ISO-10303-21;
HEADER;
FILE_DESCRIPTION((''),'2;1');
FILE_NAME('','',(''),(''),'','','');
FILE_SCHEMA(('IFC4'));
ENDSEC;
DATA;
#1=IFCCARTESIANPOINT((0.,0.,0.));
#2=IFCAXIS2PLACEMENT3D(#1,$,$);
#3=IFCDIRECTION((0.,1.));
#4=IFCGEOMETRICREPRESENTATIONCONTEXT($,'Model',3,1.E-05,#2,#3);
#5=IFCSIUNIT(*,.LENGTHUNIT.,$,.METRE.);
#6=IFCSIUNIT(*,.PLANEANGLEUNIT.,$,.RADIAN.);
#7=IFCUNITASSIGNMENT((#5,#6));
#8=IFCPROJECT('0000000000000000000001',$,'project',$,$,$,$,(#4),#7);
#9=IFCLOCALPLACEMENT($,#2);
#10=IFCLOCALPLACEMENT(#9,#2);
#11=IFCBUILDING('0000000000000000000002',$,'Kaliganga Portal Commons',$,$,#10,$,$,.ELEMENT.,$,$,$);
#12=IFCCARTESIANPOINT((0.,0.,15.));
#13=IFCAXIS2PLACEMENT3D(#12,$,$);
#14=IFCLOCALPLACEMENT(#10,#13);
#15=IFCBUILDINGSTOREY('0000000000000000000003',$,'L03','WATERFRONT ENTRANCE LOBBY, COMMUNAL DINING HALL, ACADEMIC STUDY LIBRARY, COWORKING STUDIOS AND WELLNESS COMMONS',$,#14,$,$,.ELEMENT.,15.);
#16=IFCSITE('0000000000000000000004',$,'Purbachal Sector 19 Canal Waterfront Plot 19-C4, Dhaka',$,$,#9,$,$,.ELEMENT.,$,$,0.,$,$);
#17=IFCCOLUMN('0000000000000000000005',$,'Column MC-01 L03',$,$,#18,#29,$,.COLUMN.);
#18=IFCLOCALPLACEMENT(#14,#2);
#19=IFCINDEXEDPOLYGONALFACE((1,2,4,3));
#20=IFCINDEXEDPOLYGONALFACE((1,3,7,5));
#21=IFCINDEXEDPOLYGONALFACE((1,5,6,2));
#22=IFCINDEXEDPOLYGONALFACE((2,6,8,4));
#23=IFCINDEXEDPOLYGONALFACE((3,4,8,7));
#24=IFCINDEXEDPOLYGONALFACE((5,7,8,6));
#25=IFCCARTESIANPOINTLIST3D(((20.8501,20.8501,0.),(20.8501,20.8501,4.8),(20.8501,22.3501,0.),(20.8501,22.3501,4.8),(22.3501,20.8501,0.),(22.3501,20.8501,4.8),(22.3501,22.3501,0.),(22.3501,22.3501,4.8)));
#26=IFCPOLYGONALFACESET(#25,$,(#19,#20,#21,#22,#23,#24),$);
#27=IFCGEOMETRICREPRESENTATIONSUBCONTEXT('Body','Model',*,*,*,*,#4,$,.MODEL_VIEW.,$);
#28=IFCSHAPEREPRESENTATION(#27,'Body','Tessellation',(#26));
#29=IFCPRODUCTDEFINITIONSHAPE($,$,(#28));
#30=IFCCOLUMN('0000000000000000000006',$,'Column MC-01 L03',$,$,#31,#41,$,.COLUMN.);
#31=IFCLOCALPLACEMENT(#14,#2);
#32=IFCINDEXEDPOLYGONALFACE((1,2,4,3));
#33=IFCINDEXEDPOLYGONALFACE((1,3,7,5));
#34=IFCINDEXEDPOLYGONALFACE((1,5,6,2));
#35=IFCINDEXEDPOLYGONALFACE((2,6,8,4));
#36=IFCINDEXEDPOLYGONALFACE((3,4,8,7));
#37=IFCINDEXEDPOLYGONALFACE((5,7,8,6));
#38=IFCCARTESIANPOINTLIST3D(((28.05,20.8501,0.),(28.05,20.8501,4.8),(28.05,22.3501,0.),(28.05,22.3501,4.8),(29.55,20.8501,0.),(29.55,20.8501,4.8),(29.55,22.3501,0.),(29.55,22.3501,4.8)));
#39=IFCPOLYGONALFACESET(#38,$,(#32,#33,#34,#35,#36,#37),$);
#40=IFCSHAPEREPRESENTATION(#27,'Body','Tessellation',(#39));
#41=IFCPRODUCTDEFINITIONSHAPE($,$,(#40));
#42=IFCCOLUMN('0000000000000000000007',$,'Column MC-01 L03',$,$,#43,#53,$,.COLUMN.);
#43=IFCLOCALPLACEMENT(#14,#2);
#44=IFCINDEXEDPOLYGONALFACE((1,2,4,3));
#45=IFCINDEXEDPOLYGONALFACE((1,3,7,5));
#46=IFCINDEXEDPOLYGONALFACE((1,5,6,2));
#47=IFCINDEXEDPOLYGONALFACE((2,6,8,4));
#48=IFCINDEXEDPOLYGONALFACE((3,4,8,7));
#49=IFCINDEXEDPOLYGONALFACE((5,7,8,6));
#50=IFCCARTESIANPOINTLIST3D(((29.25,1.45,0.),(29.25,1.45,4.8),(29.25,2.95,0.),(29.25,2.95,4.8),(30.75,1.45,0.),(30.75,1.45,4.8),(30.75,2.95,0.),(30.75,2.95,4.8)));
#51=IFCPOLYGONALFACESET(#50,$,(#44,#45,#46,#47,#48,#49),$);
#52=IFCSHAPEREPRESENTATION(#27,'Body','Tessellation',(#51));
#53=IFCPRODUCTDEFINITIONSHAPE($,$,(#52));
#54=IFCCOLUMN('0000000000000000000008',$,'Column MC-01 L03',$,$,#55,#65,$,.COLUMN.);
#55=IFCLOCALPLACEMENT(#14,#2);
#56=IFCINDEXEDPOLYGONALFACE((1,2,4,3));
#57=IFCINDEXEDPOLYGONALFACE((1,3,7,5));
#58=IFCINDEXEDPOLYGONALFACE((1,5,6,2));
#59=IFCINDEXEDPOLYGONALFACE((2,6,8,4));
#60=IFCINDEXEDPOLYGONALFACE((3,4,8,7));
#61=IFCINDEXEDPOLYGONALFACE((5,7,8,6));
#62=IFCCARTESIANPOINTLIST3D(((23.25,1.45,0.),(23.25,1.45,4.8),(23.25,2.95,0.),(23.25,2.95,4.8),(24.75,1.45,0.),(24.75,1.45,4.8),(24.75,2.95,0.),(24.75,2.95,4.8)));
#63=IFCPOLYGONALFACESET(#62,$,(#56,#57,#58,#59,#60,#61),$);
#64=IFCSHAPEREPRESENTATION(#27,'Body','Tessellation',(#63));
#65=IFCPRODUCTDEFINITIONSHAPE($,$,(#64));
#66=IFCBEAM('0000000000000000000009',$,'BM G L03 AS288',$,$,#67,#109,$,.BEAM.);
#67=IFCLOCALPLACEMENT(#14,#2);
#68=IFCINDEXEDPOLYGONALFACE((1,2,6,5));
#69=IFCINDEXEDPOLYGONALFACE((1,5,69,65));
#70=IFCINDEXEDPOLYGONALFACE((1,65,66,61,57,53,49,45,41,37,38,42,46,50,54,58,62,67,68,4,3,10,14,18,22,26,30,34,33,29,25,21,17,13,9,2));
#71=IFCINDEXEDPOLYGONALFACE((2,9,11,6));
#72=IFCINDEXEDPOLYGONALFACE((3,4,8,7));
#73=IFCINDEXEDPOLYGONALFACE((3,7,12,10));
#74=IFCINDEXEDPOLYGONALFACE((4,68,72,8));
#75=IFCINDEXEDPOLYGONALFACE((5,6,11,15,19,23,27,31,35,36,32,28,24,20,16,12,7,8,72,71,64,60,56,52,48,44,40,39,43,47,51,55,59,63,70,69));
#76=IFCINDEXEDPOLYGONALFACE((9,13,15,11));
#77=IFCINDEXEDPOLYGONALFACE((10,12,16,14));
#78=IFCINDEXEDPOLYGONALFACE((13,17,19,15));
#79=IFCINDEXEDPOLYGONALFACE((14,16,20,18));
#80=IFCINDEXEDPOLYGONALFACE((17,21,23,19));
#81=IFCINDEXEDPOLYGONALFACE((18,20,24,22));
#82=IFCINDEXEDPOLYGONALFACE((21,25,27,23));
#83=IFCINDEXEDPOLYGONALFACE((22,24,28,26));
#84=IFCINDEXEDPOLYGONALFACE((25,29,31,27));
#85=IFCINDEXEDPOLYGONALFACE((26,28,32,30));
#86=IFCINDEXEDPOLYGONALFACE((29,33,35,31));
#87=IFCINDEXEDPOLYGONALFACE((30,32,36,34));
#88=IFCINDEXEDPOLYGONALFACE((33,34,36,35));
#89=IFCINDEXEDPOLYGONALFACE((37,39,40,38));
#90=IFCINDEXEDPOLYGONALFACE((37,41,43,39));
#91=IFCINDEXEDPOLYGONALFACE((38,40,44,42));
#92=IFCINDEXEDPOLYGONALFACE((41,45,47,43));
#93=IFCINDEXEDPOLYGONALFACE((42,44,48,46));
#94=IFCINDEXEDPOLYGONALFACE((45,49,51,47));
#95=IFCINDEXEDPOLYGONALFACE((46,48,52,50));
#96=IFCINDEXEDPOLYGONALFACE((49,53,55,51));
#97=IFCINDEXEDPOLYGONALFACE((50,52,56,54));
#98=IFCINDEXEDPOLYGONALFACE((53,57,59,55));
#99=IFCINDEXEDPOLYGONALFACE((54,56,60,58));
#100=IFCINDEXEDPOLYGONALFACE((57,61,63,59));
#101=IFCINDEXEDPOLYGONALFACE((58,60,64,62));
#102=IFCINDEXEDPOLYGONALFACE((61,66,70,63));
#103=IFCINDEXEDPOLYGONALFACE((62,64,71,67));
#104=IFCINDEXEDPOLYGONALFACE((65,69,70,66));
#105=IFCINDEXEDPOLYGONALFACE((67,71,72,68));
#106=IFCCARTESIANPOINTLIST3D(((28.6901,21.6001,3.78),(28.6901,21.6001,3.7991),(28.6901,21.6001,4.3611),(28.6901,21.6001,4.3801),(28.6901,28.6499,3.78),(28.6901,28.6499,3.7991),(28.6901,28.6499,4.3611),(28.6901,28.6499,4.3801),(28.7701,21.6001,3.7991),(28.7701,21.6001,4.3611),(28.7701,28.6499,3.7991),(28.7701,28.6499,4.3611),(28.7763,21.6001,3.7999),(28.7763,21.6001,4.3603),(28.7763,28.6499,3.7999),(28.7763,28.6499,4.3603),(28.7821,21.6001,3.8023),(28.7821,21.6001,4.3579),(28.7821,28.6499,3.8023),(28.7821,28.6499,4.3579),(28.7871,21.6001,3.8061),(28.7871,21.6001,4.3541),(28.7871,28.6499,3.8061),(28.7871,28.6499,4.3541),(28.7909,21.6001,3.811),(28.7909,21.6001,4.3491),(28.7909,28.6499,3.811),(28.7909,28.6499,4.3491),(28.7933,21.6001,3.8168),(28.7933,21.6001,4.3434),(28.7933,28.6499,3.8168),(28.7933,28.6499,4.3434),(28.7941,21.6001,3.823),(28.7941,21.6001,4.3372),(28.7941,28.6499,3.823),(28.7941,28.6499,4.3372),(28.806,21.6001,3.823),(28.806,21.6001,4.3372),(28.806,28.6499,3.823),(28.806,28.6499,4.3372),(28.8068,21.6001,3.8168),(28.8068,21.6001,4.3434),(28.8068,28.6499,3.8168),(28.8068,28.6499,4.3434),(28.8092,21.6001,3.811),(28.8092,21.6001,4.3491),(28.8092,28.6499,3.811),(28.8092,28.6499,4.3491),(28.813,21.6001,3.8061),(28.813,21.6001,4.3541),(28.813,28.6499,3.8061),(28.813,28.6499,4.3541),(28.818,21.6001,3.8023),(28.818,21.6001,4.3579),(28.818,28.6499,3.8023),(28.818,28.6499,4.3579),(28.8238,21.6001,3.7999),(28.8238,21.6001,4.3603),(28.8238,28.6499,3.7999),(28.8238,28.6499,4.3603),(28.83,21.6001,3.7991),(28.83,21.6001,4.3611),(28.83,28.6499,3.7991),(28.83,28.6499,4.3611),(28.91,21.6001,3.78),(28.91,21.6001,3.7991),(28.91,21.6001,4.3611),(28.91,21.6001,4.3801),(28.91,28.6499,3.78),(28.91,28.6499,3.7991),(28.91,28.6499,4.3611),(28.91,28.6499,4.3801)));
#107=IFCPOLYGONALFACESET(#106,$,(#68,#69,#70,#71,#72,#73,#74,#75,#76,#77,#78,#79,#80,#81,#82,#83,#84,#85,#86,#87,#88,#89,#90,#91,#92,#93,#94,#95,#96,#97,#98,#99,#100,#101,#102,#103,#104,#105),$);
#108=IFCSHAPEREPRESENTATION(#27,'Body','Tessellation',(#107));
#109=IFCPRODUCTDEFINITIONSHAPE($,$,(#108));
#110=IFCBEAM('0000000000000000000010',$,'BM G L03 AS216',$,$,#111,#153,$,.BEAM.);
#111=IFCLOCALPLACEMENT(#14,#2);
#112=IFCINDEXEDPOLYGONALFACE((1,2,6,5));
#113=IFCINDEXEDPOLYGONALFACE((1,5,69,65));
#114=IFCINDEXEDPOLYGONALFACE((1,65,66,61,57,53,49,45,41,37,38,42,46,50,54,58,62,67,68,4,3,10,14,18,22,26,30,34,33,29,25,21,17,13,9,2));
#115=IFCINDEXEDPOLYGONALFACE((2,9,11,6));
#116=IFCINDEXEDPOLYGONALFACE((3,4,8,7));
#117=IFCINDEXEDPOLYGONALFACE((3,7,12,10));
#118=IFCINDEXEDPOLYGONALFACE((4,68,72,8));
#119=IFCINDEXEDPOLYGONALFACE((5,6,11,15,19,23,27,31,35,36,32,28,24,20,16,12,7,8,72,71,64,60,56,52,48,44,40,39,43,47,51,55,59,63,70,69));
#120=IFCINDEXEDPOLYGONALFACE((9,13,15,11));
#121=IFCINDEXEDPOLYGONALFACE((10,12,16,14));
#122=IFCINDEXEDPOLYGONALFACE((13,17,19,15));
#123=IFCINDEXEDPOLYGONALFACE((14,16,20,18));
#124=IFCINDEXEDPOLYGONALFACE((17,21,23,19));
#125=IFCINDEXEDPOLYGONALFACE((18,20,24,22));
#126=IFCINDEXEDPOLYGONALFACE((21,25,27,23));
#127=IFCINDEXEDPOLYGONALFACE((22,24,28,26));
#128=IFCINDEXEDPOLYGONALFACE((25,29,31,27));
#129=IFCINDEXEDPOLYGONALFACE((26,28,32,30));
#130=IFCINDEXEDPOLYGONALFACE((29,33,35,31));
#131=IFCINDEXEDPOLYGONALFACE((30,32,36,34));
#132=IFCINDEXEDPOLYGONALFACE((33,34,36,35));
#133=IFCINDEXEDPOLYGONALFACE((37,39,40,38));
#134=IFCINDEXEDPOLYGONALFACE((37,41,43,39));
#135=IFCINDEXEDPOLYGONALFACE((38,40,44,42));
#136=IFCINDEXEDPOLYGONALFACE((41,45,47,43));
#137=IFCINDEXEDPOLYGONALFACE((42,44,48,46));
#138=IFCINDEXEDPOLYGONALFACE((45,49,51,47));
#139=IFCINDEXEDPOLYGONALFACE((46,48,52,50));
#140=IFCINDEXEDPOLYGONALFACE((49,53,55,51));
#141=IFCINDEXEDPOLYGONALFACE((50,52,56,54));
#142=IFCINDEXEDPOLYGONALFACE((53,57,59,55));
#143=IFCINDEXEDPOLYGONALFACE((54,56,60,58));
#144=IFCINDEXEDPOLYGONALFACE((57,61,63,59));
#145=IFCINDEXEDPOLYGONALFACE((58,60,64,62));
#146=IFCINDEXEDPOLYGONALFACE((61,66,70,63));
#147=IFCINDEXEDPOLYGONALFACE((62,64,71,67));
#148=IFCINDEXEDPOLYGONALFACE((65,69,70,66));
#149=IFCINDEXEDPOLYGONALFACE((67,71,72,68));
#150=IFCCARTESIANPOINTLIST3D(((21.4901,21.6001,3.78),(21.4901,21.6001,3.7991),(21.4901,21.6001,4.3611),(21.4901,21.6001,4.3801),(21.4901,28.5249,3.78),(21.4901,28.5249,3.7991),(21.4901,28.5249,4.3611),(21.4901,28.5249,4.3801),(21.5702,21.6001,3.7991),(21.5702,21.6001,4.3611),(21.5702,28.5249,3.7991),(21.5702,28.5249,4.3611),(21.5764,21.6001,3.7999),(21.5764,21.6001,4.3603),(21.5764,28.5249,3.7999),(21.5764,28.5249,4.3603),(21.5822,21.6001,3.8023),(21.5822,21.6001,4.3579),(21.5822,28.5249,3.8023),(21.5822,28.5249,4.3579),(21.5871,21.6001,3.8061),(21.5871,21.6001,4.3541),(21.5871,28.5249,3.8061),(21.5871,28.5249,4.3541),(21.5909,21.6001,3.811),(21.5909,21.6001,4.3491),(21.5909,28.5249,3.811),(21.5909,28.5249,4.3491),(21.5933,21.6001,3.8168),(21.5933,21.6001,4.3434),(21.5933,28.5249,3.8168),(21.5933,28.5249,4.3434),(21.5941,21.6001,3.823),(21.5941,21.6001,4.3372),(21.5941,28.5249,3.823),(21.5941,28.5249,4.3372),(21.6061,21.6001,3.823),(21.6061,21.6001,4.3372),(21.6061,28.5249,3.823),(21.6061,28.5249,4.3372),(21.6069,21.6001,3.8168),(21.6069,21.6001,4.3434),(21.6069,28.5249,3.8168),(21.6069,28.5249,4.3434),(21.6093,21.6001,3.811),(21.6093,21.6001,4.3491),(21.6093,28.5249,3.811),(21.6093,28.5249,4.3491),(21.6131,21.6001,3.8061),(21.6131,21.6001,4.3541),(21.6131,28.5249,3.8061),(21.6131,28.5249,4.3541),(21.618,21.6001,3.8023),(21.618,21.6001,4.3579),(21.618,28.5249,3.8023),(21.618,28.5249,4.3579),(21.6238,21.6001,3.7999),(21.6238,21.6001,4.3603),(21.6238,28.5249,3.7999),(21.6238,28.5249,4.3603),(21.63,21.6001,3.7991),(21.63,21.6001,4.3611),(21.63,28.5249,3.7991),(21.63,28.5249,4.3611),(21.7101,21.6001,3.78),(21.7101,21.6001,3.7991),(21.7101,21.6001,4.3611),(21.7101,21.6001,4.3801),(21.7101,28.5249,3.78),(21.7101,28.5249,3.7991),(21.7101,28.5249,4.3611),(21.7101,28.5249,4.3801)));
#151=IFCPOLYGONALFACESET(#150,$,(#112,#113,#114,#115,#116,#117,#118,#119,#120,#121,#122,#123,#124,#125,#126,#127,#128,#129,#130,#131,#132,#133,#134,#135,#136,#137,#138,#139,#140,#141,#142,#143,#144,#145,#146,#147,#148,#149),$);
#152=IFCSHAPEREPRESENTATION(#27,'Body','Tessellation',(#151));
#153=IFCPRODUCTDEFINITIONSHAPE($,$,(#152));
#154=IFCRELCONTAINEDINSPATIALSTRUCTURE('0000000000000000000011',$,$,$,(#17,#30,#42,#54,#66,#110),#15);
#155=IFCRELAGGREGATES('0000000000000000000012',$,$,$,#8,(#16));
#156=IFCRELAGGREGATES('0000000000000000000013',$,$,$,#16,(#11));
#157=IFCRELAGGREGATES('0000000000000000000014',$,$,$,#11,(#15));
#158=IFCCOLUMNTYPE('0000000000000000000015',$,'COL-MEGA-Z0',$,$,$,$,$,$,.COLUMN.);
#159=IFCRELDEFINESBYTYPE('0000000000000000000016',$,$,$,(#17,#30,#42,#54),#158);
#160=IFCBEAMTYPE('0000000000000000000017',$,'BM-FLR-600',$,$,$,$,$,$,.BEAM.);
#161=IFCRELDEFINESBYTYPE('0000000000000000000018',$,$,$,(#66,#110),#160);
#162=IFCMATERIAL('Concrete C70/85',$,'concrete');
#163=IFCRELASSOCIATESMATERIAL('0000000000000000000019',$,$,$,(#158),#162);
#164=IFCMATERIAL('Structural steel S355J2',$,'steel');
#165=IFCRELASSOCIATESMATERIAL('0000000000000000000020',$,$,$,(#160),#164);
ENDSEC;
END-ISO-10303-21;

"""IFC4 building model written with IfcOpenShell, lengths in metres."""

from ifc_helpers import new_model, si_unit, direction, frame, origin, origin_2d, place, context, subcontext, project, spatial, rectangle, i_section, extrude, source, transform, mapped, material, material_profile, profile_set, type_object, element, save


model = new_model("IFC4")

# Units and contexts
model_context = context("Model", 3, precision=1e-05, world=origin(), true_north=direction((0.0, 1.0)))
body_context = subcontext(model_context, "Body", "Model", "MODEL_VIEW")
ifc_project = project(units=[si_unit("LENGTHUNIT", "METRE"), si_unit("PLANEANGLEUNIT", "RADIAN")], contexts=[model_context])

# Site, building, storey
site_placement = place(None, origin())
site = spatial("IfcSite", under=ifc_project, at=site_placement, Name="Purbachal Sector 19 Canal Waterfront Plot 19-C4, Dhaka", CompositionType="ELEMENT", RefElevation=0.0)
building_placement = place(site_placement, origin())
building = spatial("IfcBuilding", under=site, at=building_placement, Name="Kaliganga Portal Commons", CompositionType="ELEMENT")
storey_placement = place(building_placement, frame((0.0, 0.0, 15.0)))
storey = spatial("IfcBuildingStorey", under=building, at=storey_placement, Name="L03", Description="WATERFRONT ENTRANCE LOBBY, COMMUNAL DINING HALL, ACADEMIC STUDY LIBRARY, COWORKING STUDIOS AND WELLNESS COMMONS", CompositionType="ELEMENT", Elevation=15.0)

# Columns
ifc_material_1 = material(Name="Concrete C70/85", Category="concrete")
ifc_material_profile_1 = material_profile(ifc_material_1, rectangle(XDim=1.5, YDim=1.5, at=origin_2d()), Name="RC 1500x1500")
ifc_profile_set_1 = profile_set([ifc_material_profile_1], Name="Concrete C70/85")
column_type = type_object("IfcColumnType", Name="COL-MEGA-Z0", PredefinedType="COLUMN", material=ifc_profile_set_1)
shared_shape_1 = source(origin(), body_context, "Body", "SweptSolid", [
    extrude(rectangle(XDim=1.5, YDim=1.5, at=origin_2d()), origin(), (0.0, 0.0, 1.0), 4.8),
])
for number, where, z_axis, x_axis, name in (
    (1, (21.6001, 21.6001, 0.0), (0.0, 0.0, 1.0), (1.0, 0.0, 0.0), "Column MC-01 L03"),
    (2, (28.8, 21.6001, 0.0), (0.0, 0.0, 1.0), (1.0, 0.0, 0.0), "Column MC-01 L03"),
    (3, (30.0, 2.2, 0.0), (0.0, 0.0, 1.0), (1.0, 0.0, 0.0), "Column MC-01 L03"),
    (4, (24.0, 2.2, 0.0), (0.0, 0.0, 1.0), (1.0, 0.0, 0.0), "Column MC-01 L03"),
):
    element("IfcColumn", number, at=place(storey_placement, frame(where, z_axis=z_axis, x_axis=x_axis)), inside=storey, type_object=column_type, Name=name, PredefinedType="COLUMN", context=body_context, shape_type="MappedRepresentation", body=[
        mapped(shared_shape_1, transform((0.0, 0.0, 0.0), x_axis=(1.0, 0.0, 0.0), y_axis=(0.0, 1.0, 0.0), z_axis=(0.0, 0.0, 1.0), scale=1.0)),
    ])

# Beams
ifc_material_2 = material(Name="Structural steel S355J2", Category="steel")
ifc_material_profile_2 = material_profile(ifc_material_2, i_section(OverallWidth=0.22, OverallDepth=0.6001, WebThickness=0.012, FlangeThickness=0.019, FilletRadius=0.0239, at=origin_2d()), Name="IPE 600")
ifc_profile_set_2 = profile_set([ifc_material_profile_2], Name="Structural steel S355J2 wide-flange")
beam_type_1 = type_object("IfcBeamType", Name="BM-FLR-600", PredefinedType="BEAM", material=ifc_profile_set_2)
shared_shape_2 = source(origin(), body_context, "Body", "SweptSolid", [
    extrude(i_section(OverallWidth=0.22, OverallDepth=0.6001, WebThickness=0.012, FlangeThickness=0.019, FilletRadius=0.0239, at=origin_2d()), origin(), (0.0, 0.0, 1.0), 7.0498),
])
beam_1_placement = place(storey_placement, frame((28.8, 21.6001, 4.0801), z_axis=(0.0, 1.0, 0.0), x_axis=(-1.0, 0.0, 0.0)))
element("IfcBeam", 5, at=beam_1_placement, inside=storey, type_object=beam_type_1, Name="BM G L03 AS288", PredefinedType="BEAM", context=body_context, shape_type="MappedRepresentation", body=[
    mapped(shared_shape_2, transform((0.0, 0.0, 0.0), x_axis=(1.0, 0.0, 0.0), y_axis=(0.0, 1.0, 0.0), z_axis=(0.0, 0.0, 1.0), scale=1.0)),
])
shared_shape_3 = source(origin(), body_context, "Body", "SweptSolid", [
    extrude(i_section(OverallWidth=0.22, OverallDepth=0.6001, WebThickness=0.012, FlangeThickness=0.019, FilletRadius=0.0239, at=origin_2d()), origin(), (0.0, 0.0, 1.0), 6.9248),
])
beam_2_placement = place(storey_placement, frame((21.6001, 21.6001, 4.0801), z_axis=(0.0, 1.0, 0.0), x_axis=(-1.0, 0.0, 0.0)))
element("IfcBeam", 6, at=beam_2_placement, inside=storey, type_object=beam_type_1, Name="BM G L03 AS216", PredefinedType="BEAM", context=body_context, shape_type="MappedRepresentation", body=[
    mapped(shared_shape_3, transform((0.0, 0.0, 0.0), x_axis=(1.0, 0.0, 0.0), y_axis=(0.0, 1.0, 0.0), z_axis=(0.0, 0.0, 1.0), scale=1.0)),
])

save(model, "model.ifc")
